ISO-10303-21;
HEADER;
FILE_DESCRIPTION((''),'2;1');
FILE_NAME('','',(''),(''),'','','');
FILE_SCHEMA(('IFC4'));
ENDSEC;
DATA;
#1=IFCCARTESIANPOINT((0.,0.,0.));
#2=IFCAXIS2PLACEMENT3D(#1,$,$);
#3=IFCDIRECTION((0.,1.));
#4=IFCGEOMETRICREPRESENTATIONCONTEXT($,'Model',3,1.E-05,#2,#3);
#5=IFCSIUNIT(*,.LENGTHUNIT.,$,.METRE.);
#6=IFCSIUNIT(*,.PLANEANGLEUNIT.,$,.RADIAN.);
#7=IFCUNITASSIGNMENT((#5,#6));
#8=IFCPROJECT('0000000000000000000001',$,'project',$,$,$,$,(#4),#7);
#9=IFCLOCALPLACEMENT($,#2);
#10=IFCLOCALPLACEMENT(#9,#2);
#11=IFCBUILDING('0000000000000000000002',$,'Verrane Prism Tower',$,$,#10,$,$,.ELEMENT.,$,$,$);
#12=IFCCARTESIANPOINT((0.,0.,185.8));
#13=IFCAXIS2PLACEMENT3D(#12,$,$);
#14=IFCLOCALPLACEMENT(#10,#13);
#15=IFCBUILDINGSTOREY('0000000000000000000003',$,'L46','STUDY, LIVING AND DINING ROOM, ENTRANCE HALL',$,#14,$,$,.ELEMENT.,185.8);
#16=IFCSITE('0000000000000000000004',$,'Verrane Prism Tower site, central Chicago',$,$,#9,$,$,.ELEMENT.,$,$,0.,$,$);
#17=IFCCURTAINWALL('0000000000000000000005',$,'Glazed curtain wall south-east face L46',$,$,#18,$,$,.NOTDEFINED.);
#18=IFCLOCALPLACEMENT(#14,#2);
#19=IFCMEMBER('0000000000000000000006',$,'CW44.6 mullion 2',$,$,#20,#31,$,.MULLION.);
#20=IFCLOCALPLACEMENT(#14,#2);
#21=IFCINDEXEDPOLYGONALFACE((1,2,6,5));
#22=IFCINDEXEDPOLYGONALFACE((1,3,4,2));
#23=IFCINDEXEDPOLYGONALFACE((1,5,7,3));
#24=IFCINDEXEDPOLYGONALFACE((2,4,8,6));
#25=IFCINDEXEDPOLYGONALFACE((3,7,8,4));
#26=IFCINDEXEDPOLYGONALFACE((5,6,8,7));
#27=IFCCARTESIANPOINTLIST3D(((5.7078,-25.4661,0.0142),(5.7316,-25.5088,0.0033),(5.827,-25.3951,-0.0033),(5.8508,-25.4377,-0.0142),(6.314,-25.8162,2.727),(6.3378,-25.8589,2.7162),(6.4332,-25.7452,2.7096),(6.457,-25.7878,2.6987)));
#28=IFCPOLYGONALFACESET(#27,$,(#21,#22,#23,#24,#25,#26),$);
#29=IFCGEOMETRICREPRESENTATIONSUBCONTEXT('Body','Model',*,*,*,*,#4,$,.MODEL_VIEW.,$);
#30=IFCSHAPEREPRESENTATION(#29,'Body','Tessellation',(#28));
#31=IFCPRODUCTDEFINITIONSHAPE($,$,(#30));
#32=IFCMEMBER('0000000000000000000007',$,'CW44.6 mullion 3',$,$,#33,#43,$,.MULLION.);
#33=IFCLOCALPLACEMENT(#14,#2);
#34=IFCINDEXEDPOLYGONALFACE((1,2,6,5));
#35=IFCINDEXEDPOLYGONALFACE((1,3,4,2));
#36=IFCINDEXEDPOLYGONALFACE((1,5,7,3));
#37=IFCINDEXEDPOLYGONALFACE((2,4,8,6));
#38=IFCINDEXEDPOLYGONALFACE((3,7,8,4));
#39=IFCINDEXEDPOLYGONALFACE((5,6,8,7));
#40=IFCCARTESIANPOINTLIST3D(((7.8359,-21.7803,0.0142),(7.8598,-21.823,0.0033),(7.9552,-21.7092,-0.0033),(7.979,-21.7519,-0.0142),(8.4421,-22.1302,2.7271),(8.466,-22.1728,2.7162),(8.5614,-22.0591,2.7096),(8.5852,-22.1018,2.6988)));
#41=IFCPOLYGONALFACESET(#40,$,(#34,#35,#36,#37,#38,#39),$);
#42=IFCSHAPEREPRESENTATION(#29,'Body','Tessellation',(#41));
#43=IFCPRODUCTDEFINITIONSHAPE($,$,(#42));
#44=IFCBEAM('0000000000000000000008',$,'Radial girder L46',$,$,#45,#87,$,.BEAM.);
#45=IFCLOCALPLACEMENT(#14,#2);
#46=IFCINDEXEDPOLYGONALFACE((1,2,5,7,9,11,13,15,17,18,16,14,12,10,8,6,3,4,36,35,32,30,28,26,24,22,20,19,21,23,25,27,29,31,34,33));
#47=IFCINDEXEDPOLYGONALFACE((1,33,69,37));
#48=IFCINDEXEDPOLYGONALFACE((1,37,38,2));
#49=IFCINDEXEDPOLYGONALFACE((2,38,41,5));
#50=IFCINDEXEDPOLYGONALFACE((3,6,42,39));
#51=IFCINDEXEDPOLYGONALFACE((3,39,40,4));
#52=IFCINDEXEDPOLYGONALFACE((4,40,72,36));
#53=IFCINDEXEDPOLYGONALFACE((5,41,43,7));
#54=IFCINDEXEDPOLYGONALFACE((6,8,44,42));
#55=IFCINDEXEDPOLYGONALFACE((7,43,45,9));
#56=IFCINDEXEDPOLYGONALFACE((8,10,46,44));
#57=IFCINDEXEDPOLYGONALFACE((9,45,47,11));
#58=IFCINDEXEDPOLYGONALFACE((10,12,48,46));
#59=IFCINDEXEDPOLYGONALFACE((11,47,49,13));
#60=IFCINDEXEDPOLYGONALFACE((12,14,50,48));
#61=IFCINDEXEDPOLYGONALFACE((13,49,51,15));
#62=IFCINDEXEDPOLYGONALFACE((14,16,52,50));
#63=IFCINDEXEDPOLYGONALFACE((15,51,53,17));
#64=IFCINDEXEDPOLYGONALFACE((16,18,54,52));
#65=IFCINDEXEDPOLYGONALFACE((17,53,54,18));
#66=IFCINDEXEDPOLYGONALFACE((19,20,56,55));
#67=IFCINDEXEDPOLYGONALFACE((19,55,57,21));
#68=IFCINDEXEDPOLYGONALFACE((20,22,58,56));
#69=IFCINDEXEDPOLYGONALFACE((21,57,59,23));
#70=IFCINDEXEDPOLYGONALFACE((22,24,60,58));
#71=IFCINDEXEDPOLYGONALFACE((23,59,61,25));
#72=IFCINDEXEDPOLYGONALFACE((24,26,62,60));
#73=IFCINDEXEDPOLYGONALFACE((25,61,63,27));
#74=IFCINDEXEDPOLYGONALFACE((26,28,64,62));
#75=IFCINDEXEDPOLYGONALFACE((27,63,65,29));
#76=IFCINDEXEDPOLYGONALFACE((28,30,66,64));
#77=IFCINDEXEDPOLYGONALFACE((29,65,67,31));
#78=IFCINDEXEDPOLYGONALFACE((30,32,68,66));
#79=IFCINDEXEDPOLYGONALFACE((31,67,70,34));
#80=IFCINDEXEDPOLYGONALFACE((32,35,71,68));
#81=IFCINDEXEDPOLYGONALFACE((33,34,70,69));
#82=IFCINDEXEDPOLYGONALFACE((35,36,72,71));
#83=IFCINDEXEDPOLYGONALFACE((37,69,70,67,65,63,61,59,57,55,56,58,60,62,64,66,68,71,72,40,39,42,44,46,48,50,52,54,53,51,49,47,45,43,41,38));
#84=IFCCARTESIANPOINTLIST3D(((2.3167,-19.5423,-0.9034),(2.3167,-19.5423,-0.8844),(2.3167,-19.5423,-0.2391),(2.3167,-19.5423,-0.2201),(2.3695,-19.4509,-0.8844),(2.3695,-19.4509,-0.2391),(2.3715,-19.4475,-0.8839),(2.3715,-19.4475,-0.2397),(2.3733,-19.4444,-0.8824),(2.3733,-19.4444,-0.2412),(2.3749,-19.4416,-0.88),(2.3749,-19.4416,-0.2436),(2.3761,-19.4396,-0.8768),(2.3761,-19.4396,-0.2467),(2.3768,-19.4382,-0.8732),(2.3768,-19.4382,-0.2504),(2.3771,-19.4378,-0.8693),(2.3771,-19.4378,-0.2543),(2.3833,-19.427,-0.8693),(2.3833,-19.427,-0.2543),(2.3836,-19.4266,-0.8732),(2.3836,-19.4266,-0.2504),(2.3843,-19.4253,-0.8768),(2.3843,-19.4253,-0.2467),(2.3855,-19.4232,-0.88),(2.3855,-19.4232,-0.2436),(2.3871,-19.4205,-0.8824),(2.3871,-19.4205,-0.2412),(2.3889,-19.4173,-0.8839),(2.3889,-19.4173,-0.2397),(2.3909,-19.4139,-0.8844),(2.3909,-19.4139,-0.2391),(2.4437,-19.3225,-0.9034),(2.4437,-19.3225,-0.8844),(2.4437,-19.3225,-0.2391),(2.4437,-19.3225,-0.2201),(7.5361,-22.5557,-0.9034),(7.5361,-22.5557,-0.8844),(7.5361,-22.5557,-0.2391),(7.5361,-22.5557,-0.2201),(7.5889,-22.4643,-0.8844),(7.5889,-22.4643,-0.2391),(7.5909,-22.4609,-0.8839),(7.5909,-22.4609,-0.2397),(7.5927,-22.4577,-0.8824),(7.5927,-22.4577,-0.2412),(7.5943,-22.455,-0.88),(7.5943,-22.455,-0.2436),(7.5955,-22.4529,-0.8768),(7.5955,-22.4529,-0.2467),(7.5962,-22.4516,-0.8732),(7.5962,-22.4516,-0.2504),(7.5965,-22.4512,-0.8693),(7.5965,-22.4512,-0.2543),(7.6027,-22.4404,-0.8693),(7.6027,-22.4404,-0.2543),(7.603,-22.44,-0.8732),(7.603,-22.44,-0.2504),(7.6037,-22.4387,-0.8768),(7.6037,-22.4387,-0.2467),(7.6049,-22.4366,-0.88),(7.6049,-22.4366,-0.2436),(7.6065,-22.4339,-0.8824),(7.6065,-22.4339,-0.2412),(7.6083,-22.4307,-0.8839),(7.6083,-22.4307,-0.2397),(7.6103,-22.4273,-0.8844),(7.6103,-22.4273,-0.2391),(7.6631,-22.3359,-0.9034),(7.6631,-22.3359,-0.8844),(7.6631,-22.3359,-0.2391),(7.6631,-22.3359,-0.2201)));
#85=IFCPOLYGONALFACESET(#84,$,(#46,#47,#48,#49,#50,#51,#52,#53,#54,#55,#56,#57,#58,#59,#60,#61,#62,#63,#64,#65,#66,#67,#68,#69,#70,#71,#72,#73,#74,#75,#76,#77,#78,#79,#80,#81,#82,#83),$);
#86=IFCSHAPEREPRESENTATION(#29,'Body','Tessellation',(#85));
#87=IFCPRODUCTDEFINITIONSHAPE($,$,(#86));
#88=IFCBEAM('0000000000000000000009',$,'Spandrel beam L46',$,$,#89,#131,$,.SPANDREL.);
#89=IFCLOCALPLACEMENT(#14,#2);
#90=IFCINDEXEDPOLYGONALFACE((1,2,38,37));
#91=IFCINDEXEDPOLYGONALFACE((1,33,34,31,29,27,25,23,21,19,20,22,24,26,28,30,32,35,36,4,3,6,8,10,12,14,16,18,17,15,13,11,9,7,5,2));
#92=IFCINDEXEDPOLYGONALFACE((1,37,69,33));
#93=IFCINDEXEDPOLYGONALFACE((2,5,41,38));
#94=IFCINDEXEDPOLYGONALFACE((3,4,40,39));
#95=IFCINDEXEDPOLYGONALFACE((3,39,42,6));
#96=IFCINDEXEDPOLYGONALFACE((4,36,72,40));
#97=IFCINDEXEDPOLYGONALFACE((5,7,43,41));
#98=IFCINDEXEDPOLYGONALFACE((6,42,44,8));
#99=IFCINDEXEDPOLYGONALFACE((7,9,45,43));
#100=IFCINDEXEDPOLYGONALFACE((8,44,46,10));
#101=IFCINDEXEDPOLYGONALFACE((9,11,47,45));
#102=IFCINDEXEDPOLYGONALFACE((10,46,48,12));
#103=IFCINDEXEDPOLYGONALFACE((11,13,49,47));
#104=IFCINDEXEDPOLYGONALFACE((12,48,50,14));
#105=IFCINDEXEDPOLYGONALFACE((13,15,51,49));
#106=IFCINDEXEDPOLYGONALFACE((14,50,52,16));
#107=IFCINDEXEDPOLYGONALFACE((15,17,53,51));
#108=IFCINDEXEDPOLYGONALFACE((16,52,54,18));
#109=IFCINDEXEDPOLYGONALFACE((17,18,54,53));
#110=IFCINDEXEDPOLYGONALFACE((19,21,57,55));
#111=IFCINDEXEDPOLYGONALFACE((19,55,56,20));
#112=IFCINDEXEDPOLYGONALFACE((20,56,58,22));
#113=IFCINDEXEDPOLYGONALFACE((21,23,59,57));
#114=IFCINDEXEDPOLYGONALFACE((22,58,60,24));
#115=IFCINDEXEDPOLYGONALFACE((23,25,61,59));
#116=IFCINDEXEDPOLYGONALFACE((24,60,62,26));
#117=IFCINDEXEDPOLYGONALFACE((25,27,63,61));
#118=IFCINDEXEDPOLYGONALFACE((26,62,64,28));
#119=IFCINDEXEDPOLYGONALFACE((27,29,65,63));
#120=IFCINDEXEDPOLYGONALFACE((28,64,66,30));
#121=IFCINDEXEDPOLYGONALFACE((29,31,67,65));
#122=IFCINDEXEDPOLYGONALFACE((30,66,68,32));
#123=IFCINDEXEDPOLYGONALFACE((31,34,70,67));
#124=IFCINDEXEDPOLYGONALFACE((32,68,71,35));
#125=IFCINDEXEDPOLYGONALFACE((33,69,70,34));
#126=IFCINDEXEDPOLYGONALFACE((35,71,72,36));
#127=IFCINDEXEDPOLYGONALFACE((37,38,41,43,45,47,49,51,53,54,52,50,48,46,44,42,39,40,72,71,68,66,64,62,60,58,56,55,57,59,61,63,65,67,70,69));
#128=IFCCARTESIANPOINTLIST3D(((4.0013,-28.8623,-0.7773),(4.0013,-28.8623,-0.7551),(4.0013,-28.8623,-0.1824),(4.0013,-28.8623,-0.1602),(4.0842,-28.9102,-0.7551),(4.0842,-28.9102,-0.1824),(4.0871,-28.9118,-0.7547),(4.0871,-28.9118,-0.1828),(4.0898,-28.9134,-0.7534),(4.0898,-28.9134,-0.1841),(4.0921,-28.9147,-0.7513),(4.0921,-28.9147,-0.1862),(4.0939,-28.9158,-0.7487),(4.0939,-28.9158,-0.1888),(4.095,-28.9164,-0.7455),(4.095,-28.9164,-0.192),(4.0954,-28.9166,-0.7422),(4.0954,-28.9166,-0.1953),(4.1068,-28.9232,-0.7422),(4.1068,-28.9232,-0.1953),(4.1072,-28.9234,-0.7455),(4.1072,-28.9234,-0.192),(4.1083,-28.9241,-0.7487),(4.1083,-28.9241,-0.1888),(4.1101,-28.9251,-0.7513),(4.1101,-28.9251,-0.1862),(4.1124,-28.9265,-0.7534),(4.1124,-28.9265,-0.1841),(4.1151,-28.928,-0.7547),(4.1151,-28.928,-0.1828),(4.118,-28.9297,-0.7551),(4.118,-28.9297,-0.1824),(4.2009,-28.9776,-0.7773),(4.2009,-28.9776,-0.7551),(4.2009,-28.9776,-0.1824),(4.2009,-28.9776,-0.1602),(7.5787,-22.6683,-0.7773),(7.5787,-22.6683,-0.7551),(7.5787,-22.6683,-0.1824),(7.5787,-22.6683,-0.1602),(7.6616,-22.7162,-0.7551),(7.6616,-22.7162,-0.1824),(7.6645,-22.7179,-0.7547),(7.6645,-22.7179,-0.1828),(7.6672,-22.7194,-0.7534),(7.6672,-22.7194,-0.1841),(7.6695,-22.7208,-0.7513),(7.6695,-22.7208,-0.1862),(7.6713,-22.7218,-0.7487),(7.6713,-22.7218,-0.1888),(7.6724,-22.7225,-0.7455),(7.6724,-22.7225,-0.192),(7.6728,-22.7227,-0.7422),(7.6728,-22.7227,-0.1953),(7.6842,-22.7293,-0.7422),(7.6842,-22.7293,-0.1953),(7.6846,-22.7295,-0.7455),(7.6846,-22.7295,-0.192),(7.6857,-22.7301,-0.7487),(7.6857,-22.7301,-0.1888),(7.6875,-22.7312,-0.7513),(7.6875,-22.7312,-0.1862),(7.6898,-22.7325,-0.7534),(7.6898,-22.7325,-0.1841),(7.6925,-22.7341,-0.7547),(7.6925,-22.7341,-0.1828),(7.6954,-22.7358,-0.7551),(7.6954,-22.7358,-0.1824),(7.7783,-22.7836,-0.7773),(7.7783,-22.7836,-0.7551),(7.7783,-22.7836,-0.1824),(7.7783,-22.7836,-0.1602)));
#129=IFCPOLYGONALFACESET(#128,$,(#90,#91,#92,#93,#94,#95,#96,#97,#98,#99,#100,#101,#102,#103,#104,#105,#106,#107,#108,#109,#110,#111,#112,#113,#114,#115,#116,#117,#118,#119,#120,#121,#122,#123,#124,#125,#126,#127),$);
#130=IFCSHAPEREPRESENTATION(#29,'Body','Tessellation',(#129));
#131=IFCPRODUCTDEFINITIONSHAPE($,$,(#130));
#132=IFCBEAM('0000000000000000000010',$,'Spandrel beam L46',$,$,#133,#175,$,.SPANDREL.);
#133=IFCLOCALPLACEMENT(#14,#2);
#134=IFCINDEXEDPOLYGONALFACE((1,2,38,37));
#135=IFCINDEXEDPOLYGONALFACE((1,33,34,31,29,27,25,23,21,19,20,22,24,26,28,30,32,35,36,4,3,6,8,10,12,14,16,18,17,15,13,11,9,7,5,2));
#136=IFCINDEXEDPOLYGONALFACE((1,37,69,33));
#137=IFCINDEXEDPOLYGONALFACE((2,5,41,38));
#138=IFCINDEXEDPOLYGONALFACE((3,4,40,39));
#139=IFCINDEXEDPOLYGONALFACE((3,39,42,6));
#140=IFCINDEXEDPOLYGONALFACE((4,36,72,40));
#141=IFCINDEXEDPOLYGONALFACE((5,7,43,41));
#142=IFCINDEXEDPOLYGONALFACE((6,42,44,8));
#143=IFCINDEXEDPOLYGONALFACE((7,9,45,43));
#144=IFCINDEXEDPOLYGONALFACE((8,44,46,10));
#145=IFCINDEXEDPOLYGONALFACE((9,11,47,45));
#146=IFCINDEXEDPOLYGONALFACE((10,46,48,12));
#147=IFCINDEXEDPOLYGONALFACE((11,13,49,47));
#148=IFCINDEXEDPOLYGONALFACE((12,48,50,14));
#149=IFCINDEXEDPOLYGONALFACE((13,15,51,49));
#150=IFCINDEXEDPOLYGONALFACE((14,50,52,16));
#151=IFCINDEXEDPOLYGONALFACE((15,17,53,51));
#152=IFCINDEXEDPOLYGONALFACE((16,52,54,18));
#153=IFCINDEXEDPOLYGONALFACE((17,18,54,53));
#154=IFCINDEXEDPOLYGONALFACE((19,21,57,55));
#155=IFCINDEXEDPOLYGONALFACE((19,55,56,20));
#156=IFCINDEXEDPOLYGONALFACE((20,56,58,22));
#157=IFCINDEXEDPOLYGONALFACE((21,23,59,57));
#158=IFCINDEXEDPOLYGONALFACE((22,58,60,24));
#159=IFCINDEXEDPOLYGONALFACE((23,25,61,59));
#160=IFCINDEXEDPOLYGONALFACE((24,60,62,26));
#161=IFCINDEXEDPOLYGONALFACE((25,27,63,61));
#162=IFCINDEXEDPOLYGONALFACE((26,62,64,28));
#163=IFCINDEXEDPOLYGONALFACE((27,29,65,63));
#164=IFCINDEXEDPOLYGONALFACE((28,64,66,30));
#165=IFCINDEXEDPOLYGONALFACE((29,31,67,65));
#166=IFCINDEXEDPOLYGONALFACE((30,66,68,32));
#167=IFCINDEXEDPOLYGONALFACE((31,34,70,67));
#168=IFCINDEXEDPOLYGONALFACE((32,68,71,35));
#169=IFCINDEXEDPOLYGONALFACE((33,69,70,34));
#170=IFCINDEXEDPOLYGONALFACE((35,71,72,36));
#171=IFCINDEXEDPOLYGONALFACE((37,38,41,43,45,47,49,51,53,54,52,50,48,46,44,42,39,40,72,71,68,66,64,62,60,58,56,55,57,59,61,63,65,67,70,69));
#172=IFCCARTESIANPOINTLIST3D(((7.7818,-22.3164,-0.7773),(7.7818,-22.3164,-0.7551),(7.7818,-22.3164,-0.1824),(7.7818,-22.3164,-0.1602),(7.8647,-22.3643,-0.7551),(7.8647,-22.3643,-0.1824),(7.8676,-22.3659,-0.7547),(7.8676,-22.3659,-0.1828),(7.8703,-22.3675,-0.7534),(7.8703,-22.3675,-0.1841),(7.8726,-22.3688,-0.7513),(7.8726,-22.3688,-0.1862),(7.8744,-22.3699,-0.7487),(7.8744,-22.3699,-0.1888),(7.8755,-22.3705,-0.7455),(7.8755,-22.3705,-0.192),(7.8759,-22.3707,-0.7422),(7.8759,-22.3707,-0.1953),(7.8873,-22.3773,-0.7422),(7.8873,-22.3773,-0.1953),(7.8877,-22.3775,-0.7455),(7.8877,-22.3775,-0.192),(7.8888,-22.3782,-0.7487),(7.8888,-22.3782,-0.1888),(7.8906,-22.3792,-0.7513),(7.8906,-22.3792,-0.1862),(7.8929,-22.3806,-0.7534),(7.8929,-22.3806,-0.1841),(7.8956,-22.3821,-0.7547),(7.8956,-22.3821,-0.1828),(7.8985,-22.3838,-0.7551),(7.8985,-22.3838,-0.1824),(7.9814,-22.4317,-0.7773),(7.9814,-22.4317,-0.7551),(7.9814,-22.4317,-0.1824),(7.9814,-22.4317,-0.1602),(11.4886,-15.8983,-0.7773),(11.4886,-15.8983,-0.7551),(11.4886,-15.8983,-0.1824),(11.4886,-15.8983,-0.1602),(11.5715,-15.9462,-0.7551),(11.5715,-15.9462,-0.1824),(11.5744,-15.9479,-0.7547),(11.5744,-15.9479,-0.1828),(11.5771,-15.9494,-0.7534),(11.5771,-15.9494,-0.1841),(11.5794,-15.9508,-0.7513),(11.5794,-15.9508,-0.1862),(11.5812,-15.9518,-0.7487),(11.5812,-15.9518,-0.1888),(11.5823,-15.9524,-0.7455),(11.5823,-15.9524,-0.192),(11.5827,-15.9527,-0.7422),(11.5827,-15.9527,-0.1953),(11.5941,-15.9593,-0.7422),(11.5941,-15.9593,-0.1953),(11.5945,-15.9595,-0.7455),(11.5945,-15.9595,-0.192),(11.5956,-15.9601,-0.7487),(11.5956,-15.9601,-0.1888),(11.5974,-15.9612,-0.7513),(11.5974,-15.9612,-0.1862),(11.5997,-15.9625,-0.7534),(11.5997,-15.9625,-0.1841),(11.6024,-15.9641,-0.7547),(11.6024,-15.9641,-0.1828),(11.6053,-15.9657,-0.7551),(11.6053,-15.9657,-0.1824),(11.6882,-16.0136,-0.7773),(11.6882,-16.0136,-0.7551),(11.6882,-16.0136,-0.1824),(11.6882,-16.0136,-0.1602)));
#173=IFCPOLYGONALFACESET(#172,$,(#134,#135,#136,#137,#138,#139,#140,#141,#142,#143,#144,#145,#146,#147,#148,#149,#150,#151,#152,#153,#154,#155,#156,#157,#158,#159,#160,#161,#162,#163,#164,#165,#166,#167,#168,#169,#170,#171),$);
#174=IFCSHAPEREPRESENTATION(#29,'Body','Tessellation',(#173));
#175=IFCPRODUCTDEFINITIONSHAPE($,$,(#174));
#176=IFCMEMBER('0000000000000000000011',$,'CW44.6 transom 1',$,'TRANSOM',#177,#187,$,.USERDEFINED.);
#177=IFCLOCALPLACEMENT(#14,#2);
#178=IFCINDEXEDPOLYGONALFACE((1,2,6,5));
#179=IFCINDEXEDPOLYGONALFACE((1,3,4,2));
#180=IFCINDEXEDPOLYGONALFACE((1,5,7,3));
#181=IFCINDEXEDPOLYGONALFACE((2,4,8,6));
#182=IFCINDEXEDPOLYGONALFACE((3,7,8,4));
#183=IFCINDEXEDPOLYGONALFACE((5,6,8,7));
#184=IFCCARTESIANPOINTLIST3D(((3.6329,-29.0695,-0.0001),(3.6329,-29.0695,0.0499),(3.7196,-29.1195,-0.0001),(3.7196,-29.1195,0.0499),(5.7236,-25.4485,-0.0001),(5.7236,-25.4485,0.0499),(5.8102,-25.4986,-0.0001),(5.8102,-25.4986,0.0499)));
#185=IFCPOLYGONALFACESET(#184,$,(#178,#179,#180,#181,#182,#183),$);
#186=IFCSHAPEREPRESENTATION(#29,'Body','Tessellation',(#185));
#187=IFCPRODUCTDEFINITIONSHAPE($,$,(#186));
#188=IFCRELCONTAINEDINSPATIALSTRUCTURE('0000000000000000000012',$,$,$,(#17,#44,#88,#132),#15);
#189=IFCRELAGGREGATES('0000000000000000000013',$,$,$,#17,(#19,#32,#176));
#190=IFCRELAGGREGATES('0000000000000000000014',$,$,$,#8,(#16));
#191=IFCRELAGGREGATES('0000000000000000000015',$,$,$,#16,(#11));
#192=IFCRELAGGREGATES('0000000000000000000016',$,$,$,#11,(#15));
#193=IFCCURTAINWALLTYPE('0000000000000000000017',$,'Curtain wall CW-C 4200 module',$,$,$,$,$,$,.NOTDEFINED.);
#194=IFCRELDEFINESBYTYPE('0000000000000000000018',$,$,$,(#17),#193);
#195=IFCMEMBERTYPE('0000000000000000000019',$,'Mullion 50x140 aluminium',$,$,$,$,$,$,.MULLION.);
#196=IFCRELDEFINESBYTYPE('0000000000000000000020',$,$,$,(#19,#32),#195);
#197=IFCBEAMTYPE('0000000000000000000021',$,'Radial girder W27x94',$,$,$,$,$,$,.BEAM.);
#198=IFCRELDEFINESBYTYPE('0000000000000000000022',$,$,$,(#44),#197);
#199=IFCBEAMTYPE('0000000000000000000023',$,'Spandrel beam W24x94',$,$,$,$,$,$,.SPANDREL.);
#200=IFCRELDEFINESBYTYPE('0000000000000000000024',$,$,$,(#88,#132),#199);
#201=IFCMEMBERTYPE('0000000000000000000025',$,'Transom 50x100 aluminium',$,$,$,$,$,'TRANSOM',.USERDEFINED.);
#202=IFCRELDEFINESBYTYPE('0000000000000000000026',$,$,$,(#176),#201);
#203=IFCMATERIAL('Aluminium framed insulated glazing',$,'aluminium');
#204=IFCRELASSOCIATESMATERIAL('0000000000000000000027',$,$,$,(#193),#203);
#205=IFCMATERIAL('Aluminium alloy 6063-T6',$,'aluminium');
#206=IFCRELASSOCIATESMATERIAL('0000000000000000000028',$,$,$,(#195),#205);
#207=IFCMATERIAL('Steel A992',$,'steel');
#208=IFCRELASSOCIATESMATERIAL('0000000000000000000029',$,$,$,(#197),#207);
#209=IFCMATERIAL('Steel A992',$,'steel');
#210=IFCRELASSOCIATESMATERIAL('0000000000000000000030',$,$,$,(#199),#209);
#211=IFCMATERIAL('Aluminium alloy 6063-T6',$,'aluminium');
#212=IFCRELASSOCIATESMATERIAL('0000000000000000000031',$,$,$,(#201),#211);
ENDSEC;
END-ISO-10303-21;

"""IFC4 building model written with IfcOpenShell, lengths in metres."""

from ifc_helpers import new_model, si_unit, direction, frame, origin, origin_2d, place, context, subcontext, project, spatial, rectangle, i_section, extrude, material, material_profile, profile_set, type_object, element, aggregate, save


model = new_model("IFC4")

# Units and contexts
model_context = context("Model", 3, precision=1e-05, world=origin(), true_north=direction((0.0, 1.0)))
body_context = subcontext(model_context, "Body", "Model", "MODEL_VIEW")
ifc_project = project(units=[si_unit("LENGTHUNIT", "METRE"), si_unit("PLANEANGLEUNIT", "RADIAN")], contexts=[model_context])

# Site, building, storey
site_placement = place(None, origin())
site = spatial("IfcSite", under=ifc_project, at=site_placement, Name="Verrane Prism Tower site, central Chicago", CompositionType="ELEMENT", RefElevation=0.0)
building_placement = place(site_placement, origin())
building = spatial("IfcBuilding", under=site, at=building_placement, Name="Verrane Prism Tower", CompositionType="ELEMENT")
storey_placement = place(building_placement, frame((0.0, 0.0, 185.8)))
storey = spatial("IfcBuildingStorey", under=building, at=storey_placement, Name="L46", Description="STUDY, LIVING AND DINING ROOM, ENTRANCE HALL", CompositionType="ELEMENT", Elevation=185.8)

# Curtain wall, members
ifc_material_1 = material(Name="Aluminium framed insulated glazing", Category="aluminium")
curtain_wall_type = type_object("IfcCurtainWallType", Name="Curtain wall CW-C 4200 module", PredefinedType="NOTDEFINED", material=ifc_material_1)
curtain_wall_placement = place(storey_placement, origin())
curtain_wall = element("IfcCurtainWall", 1, at=curtain_wall_placement, inside=storey, type_object=curtain_wall_type, Name="Glazed curtain wall south-east face L46", PredefinedType="NOTDEFINED")
ifc_material_2 = material(Name="Aluminium alloy 6063-T6", Category="aluminium")
ifc_material_profile_1 = material_profile(ifc_material_2, rectangle(XDim=0.1399, YDim=0.05, at=origin_2d()), Name="Mullion 50x140 aluminium")
ifc_profile_set_1 = profile_set([ifc_material_profile_1], Name="Aluminium alloy 6063-T6")
member_type_1 = type_object("IfcMemberType", Name="Mullion 50x140 aluminium", PredefinedType="MULLION", material=ifc_profile_set_1)
member_1_placement = place(storey_placement, frame((5.7793, -25.4519, 0.0), z_axis=(0.216365, -0.124957, 0.968283), x_axis=(-0.852359, -0.507817, 0.124928)))
member_1 = element("IfcMember", 2, at=member_1_placement, type_object=member_type_1, Name="CW44.6 mullion 2", PredefinedType="MULLION", context=body_context, shape_type="SweptSolid", body=[
    extrude(rectangle(XDim=0.1399, YDim=0.05, at=origin_2d()), origin(), (0.0, 0.0, 1.0), 2.8018),
])
member_2_placement = place(storey_placement, frame((7.9075, -21.7661, 0.0), z_axis=(0.216367, -0.124871, 0.968294), x_axis=(-0.85221, -0.508072, 0.124907)))
member_2 = element("IfcMember", 3, at=member_2_placement, type_object=member_type_1, Name="CW44.6 mullion 3", PredefinedType="MULLION", context=body_context, shape_type="SweptSolid", body=[
    extrude(rectangle(XDim=0.1399, YDim=0.05, at=origin_2d()), origin(), (0.0, 0.0, 1.0), 2.8018),
])

# Beams
ifc_material_3 = material(Name="Steel A992", Category="steel")
ifc_material_profile_2 = material_profile(ifc_material_3, i_section(OverallWidth=0.2539, OverallDepth=0.6833, WebThickness=0.0125, FlangeThickness=0.019, FilletRadius=0.0151, at=origin_2d()), Name="W27x94")
ifc_profile_set_2 = profile_set([ifc_material_profile_2], Name="Steel A992")
beam_type_1 = type_object("IfcBeamType", Name="Radial girder W27x94", PredefinedType="BEAM", material=ifc_profile_set_2)
beam_1_placement = place(storey_placement, frame((7.5996, -22.4458, -0.5618), z_axis=(-0.866028, 0.499995, 0.0), x_axis=(-0.499995, -0.866028, 0.0)))
element("IfcBeam", 4, at=beam_1_placement, inside=storey, type_object=beam_type_1, Name="Radial girder L46", PredefinedType="BEAM", context=body_context, shape_type="SweptSolid", body=[
    extrude(i_section(OverallWidth=0.2539, OverallDepth=0.6833, WebThickness=0.0125, FlangeThickness=0.019, FilletRadius=0.0151, at=origin_2d()), origin(), (0.0, 0.0, 1.0), 6.0269),
])
ifc_material_4 = material(Name="Steel A992", Category="steel")
ifc_material_profile_3 = material_profile(ifc_material_4, i_section(OverallWidth=0.2305, OverallDepth=0.6172, WebThickness=0.0132, FlangeThickness=0.0222, FilletRadius=0.0129, at=origin_2d()), Name="W24x94")
ifc_profile_set_3 = profile_set([ifc_material_profile_3], Name="Steel A992")
beam_type_2 = type_object("IfcBeamType", Name="Spandrel beam W24x94", PredefinedType="SPANDREL", material=ifc_profile_set_3)
beam_2_placement = place(storey_placement, frame((4.1011, -28.9199, -0.4688), z_axis=(0.500144, 0.865942, 0.0), x_axis=(-0.865942, 0.500144, 0.0)))
element("IfcBeam", 5, at=beam_2_placement, inside=storey, type_object=beam_type_2, Name="Spandrel beam L46", PredefinedType="SPANDREL", context=body_context, shape_type="SweptSolid", body=[
    extrude(i_section(OverallWidth=0.2305, OverallDepth=0.6172, WebThickness=0.0132, FlangeThickness=0.0222, FilletRadius=0.0129, at=origin_2d()), origin(), (0.0, 0.0, 1.0), 7.1528),
])
beam_3_placement = place(storey_placement, frame((7.8816, -22.374, -0.4688), z_axis=(0.500139, 0.865945, 0.0), x_axis=(-0.865945, 0.500139, 0.0)))
element("IfcBeam", 6, at=beam_3_placement, inside=storey, type_object=beam_type_2, Name="Spandrel beam L46", PredefinedType="SPANDREL", context=body_context, shape_type="SweptSolid", body=[
    extrude(i_section(OverallWidth=0.2305, OverallDepth=0.6172, WebThickness=0.0132, FlangeThickness=0.0222, FilletRadius=0.0129, at=origin_2d()), origin(), (0.0, 0.0, 1.0), 7.4116),
])

# Member
ifc_material_5 = material(Name="Aluminium alloy 6063-T6", Category="aluminium")
ifc_material_profile_4 = material_profile(ifc_material_5, rectangle(XDim=0.1001, YDim=0.05, at=origin_2d()), Name="Transom 50x100 aluminium")
ifc_profile_set_4 = profile_set([ifc_material_profile_4], Name="Aluminium alloy 6063-T6")
member_type_2 = type_object("IfcMemberType", Name="Transom 50x100 aluminium", ElementType="TRANSOM", PredefinedType="USERDEFINED", material=ifc_profile_set_4)
member_3_placement = place(storey_placement, frame((3.6763, -29.0945, 0.0249), z_axis=(0.500014, 0.866017, 0.0), x_axis=(-0.866017, 0.500014, 0.0)))
member_3 = element("IfcMember", 7, at=member_3_placement, type_object=member_type_2, Name="CW44.6 transom 1", ObjectType="TRANSOM", PredefinedType="USERDEFINED", context=body_context, shape_type="SweptSolid", body=[
    extrude(rectangle(XDim=0.1001, YDim=0.05, at=origin_2d()), origin(), (0.0, 0.0, 1.0), 4.1812),
])

aggregate(curtain_wall, [member_1, member_2, member_3])

save(model, "model.ifc")
